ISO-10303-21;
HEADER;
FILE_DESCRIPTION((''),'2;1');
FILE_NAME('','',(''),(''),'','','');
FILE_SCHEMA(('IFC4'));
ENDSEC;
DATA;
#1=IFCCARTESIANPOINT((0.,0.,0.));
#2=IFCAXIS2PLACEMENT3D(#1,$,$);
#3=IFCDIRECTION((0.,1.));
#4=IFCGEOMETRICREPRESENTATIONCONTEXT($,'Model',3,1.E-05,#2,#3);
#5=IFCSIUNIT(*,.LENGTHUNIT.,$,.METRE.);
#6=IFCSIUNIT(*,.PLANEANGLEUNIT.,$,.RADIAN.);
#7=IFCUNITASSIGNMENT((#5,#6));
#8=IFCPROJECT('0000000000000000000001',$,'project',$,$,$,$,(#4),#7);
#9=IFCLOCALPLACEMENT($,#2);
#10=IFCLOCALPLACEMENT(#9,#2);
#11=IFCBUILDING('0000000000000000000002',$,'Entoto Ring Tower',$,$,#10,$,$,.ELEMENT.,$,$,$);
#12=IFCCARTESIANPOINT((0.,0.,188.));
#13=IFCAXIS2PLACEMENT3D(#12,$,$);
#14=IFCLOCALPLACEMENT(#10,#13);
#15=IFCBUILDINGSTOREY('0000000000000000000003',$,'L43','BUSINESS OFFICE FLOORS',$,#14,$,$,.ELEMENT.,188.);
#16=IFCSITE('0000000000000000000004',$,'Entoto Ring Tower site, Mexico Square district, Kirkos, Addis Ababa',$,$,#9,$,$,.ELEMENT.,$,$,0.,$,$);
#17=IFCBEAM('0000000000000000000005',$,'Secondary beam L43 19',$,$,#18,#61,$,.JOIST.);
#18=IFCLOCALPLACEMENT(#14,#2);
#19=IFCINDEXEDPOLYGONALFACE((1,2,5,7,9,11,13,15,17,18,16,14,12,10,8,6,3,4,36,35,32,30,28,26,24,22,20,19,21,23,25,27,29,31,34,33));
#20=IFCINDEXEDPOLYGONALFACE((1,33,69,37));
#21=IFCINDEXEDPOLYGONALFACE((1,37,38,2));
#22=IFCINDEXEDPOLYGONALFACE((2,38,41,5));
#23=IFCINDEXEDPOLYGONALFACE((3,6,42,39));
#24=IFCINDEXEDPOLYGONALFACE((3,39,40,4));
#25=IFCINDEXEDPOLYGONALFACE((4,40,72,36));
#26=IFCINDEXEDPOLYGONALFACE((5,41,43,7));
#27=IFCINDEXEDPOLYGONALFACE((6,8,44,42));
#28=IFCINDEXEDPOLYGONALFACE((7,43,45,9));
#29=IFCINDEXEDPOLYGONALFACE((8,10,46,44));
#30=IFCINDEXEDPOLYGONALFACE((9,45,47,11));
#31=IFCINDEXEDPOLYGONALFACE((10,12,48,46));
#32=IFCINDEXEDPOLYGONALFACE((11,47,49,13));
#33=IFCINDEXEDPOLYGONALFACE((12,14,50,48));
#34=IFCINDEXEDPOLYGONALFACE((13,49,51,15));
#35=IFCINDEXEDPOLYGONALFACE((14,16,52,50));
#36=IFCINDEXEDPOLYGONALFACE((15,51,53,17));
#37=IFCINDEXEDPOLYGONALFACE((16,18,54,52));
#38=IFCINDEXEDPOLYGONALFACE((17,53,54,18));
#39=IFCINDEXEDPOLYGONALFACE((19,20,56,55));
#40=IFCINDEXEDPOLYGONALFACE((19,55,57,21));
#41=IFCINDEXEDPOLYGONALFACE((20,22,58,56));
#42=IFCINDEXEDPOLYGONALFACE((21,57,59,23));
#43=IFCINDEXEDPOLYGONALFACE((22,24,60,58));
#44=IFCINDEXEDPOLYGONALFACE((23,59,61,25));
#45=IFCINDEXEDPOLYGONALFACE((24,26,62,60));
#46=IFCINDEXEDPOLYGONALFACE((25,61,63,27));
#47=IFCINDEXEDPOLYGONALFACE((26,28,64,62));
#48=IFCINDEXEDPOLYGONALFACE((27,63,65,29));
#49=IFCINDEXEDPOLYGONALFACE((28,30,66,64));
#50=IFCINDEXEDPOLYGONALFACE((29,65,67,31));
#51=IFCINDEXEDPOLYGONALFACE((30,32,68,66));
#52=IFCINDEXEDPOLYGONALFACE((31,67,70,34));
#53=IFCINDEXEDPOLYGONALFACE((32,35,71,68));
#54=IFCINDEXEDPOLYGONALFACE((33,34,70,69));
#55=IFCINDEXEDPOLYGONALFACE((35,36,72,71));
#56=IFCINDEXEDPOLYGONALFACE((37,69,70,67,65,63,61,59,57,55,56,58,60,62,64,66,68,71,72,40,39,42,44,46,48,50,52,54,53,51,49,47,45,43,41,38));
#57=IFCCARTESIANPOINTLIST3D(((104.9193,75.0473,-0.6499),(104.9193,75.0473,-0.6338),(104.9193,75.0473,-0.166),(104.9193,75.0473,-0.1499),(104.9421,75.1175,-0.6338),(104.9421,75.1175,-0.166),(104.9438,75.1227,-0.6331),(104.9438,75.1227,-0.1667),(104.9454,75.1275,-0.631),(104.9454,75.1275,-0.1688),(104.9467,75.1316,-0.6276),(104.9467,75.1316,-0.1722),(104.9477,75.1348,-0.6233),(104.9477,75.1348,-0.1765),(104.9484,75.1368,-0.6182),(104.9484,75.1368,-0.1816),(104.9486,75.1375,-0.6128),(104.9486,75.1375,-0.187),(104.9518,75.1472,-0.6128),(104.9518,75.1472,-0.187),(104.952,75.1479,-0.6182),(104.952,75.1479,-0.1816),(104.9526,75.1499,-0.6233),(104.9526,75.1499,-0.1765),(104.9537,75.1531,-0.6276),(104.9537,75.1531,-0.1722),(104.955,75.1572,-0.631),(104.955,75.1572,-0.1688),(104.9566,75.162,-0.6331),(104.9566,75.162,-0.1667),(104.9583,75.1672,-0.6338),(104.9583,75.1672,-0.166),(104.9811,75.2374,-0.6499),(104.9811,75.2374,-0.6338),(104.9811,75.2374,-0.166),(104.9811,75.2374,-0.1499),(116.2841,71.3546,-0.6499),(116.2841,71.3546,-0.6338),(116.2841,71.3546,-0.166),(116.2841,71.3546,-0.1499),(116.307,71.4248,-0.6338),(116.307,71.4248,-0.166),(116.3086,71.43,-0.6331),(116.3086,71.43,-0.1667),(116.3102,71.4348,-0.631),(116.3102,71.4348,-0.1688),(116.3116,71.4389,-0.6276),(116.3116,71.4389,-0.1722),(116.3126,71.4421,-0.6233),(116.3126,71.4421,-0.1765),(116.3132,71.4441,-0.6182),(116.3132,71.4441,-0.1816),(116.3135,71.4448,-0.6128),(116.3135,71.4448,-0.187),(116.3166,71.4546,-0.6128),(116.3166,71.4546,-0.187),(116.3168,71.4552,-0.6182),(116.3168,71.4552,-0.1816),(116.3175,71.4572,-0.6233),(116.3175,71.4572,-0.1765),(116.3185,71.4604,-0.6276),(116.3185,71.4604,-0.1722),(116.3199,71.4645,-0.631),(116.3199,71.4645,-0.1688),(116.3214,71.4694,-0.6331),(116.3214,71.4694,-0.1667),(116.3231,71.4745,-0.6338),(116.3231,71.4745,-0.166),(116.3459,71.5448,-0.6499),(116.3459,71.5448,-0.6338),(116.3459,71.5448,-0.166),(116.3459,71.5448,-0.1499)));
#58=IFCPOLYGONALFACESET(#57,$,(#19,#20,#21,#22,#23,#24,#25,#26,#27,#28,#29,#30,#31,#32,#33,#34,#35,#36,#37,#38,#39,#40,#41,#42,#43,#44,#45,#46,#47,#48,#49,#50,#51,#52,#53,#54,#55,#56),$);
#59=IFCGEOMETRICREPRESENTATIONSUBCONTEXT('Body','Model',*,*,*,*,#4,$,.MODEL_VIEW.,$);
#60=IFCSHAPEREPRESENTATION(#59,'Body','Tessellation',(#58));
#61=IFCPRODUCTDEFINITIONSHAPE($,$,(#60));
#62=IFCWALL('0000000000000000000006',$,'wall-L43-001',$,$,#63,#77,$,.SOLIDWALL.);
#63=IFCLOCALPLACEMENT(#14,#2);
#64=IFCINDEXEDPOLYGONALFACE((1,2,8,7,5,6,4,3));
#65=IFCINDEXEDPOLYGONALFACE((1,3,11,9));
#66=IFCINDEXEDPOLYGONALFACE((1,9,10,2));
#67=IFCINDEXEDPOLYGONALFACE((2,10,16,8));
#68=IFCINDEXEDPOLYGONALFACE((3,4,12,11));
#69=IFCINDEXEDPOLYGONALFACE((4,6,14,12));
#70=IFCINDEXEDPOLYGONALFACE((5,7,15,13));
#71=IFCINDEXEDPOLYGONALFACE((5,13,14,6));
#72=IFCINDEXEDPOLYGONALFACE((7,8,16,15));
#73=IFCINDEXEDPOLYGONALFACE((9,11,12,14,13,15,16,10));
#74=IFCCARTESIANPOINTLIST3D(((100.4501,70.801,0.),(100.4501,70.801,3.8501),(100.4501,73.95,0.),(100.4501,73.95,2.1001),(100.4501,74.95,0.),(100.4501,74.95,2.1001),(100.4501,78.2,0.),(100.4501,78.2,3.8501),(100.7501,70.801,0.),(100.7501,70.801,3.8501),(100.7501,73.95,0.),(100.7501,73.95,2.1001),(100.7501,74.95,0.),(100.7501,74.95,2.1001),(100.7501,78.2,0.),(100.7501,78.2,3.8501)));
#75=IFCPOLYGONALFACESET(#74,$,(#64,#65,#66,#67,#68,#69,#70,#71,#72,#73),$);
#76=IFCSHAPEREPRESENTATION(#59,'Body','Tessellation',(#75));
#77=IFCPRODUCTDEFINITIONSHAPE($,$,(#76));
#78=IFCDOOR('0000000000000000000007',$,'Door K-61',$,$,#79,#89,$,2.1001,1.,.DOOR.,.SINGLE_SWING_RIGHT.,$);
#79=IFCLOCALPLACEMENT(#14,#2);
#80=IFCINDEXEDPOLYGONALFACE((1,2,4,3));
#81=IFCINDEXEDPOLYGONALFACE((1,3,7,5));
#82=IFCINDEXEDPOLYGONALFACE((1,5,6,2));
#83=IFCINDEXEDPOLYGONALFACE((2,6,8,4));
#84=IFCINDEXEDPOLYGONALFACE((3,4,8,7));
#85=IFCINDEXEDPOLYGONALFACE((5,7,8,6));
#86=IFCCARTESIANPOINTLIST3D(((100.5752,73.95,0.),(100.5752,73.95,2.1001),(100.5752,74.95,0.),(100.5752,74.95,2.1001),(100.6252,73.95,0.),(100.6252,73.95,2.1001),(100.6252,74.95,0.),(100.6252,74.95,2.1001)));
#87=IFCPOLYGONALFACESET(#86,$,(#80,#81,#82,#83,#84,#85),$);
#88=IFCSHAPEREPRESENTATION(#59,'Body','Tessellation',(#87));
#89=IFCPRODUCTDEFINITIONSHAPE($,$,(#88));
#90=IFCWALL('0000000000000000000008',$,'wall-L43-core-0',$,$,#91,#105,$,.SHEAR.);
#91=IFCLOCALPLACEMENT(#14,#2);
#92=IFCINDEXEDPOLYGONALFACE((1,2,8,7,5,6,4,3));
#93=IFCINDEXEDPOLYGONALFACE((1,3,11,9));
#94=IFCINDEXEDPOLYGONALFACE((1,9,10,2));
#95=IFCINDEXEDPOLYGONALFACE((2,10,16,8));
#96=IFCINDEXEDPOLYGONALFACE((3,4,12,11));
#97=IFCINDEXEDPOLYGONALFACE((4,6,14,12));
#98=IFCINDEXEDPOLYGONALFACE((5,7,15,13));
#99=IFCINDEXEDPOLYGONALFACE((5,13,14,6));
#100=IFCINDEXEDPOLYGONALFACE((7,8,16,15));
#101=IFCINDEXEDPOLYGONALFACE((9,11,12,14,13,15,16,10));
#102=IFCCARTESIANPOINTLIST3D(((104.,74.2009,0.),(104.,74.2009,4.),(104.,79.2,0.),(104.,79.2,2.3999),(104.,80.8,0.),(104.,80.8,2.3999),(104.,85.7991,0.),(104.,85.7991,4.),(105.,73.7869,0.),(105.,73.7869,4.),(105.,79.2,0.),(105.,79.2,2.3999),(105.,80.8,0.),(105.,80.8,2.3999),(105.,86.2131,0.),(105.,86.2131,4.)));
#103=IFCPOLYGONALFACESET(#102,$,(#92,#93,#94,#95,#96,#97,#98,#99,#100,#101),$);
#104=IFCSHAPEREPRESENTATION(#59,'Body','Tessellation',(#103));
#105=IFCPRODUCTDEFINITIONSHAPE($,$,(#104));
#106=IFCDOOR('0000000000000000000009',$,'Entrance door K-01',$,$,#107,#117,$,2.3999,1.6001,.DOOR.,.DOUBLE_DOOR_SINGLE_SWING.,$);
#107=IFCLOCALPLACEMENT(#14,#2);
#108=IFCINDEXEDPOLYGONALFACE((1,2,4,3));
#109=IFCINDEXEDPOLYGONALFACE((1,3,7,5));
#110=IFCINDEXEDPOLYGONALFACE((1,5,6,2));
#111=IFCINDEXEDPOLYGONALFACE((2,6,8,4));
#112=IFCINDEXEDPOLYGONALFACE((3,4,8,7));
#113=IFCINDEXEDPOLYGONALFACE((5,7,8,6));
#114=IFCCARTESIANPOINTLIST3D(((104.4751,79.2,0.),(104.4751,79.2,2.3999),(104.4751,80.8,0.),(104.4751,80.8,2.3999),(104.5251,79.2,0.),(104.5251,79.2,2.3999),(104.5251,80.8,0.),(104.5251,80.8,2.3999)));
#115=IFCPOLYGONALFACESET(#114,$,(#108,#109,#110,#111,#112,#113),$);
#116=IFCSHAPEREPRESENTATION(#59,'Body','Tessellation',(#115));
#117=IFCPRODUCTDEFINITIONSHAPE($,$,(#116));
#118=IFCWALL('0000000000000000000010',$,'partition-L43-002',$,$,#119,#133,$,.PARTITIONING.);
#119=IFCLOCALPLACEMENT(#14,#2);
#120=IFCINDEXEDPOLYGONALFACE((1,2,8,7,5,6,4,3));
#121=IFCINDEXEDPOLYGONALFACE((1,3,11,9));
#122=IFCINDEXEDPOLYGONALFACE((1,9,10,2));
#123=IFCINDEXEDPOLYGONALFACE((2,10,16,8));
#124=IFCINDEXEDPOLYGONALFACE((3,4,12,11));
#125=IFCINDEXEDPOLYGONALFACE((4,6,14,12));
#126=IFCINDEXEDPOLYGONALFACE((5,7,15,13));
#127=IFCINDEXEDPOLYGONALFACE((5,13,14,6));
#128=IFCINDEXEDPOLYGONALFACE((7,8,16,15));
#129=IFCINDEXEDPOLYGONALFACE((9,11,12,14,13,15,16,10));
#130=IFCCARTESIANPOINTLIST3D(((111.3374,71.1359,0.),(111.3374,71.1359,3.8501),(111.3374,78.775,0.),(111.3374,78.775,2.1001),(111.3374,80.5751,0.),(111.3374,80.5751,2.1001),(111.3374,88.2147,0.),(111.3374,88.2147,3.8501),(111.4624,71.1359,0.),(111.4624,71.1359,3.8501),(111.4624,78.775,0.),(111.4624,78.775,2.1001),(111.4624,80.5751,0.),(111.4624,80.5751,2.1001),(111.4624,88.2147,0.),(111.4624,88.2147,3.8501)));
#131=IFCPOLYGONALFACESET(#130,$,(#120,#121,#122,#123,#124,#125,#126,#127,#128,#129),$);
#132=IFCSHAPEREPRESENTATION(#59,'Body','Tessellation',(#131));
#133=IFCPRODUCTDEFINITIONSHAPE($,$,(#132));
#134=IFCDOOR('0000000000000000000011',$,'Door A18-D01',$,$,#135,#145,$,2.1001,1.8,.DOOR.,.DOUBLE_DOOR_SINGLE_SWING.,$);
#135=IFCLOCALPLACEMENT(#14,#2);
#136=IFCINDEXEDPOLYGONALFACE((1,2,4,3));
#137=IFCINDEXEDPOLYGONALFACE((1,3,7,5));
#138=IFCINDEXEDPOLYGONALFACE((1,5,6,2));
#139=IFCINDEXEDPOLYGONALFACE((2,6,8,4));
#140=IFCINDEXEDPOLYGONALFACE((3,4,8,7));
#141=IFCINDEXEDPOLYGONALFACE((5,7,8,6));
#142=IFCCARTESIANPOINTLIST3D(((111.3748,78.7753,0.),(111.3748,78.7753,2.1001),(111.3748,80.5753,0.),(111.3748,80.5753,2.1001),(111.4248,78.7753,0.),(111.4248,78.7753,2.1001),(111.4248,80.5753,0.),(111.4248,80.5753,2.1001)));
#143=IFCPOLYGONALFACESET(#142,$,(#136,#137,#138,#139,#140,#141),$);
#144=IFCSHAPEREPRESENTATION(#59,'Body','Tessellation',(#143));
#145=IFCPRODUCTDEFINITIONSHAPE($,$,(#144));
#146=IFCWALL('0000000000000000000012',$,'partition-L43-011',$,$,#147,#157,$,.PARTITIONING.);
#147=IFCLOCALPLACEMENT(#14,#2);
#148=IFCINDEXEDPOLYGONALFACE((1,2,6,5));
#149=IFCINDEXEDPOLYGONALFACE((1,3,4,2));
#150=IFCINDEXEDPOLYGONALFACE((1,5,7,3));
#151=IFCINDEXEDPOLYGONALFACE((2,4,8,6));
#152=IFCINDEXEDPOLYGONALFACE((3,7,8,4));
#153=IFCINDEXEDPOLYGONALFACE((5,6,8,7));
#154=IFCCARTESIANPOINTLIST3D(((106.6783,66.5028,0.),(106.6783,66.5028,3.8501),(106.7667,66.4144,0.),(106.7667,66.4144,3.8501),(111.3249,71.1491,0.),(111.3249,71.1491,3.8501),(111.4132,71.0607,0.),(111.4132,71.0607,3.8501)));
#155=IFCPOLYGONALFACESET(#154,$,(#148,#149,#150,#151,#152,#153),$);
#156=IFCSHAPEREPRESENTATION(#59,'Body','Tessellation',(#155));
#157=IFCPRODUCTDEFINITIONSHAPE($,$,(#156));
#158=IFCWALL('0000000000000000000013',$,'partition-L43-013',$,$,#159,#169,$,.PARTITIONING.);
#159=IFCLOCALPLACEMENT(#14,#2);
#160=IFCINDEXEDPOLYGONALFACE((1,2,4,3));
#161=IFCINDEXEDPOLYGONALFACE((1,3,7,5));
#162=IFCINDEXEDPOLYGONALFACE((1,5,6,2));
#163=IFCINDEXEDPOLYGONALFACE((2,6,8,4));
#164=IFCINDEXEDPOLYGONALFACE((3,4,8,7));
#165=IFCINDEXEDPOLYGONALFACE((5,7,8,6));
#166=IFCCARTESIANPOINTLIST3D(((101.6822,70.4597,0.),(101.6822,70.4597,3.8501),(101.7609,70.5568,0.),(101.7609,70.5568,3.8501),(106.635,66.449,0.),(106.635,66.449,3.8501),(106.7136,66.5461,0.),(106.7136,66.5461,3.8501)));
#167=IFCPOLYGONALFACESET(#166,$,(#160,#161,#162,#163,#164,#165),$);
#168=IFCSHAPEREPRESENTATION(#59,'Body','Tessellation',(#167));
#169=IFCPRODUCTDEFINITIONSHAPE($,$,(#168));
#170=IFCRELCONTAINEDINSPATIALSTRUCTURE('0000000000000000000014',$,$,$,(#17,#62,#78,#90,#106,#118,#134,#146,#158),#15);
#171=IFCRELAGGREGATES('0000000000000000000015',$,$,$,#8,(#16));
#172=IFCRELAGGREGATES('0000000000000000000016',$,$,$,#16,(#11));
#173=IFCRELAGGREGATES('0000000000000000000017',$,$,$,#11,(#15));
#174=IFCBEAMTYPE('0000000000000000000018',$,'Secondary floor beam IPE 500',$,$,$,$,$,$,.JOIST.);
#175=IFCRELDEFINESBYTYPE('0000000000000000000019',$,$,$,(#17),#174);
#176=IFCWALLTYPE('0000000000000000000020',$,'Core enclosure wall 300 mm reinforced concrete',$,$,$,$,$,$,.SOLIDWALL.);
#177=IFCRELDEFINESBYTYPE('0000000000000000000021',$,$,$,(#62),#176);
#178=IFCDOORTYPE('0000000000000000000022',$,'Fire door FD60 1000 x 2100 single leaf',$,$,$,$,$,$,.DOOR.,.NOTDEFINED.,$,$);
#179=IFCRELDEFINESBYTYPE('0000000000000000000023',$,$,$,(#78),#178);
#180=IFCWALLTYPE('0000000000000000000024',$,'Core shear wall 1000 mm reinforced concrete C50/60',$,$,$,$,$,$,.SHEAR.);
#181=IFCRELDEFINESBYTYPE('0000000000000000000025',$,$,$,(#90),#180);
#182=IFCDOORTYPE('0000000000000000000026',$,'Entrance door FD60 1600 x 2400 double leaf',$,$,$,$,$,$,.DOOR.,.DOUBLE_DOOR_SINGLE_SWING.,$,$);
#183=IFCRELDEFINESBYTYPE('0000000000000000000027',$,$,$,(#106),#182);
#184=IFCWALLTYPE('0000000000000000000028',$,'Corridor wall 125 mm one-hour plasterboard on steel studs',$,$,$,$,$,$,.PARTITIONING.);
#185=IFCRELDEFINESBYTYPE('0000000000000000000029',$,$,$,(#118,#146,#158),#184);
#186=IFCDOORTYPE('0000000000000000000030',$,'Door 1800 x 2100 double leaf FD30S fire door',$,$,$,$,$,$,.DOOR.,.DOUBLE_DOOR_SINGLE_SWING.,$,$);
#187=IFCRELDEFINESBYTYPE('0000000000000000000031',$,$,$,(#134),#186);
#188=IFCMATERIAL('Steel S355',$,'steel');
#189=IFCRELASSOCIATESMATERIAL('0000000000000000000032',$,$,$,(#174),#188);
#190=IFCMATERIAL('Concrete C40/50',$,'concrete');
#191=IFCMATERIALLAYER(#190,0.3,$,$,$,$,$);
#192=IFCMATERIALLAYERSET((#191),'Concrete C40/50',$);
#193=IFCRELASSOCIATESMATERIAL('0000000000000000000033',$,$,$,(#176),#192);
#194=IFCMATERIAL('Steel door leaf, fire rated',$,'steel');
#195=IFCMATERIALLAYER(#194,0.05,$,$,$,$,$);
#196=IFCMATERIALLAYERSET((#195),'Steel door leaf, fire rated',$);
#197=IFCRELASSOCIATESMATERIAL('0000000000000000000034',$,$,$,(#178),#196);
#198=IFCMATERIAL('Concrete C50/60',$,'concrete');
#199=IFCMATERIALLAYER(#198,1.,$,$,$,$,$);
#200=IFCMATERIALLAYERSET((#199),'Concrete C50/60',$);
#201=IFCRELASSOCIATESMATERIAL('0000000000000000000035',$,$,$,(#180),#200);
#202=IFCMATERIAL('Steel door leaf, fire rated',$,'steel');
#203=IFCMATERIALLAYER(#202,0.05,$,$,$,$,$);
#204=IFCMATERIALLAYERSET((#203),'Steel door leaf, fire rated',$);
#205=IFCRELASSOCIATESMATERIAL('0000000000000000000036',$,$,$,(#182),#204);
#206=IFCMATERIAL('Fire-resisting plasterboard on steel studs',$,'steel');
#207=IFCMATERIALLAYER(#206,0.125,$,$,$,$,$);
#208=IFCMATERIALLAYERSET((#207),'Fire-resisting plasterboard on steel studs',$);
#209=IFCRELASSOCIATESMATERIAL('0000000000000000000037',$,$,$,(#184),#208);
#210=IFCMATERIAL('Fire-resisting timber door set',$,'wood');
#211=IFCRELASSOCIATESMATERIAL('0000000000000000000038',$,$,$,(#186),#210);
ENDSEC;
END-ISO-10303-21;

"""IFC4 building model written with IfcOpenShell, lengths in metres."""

from ifc_helpers import new_model, si_unit, direction, frame, frame_2d, origin, origin_2d, place, context, subcontext, project, spatial, polyline, rectangle, i_section, outline, extrude, material, layer, layer_set, material_profile, profile_set, type_object, element, fill, save


model = new_model("IFC4")

# Units and contexts
model_context = context("Model", 3, precision=1e-05, world=origin(), true_north=direction((0.0, 1.0)))
body_context = subcontext(model_context, "Body", "Model", "MODEL_VIEW")
ifc_project = project(units=[si_unit("LENGTHUNIT", "METRE"), si_unit("PLANEANGLEUNIT", "RADIAN")], contexts=[model_context])

# Site, building, storey
site_placement = place(None, origin())
site = spatial("IfcSite", under=ifc_project, at=site_placement, Name="Entoto Ring Tower site, Mexico Square district, Kirkos, Addis Ababa", CompositionType="ELEMENT", RefElevation=0.0)
building_placement = place(site_placement, origin())
building = spatial("IfcBuilding", under=site, at=building_placement, Name="Entoto Ring Tower", CompositionType="ELEMENT")
storey_placement = place(building_placement, frame((0.0, 0.0, 188.0)))
storey = spatial("IfcBuildingStorey", under=building, at=storey_placement, Name="L43", Description="BUSINESS OFFICE FLOORS", CompositionType="ELEMENT", Elevation=188.0)

# Beam
ifc_material_1 = material(Name="Steel S355", Category="steel")
ifc_material_profile_1 = material_profile(ifc_material_1, i_section(OverallWidth=0.2, OverallDepth=0.5, WebThickness=0.0103, FlangeThickness=0.0161, FilletRadius=0.021, at=origin_2d()), Name="IPE 500")
ifc_profile_set_1 = profile_set([ifc_material_profile_1], Name="Steel S355")
beam_type_1 = type_object("IfcBeamType", Name="Secondary floor beam IPE 500", PredefinedType="JOIST", material=ifc_profile_set_1)
beam_1_placement = place(storey_placement, frame((104.9502, 75.1423, -0.3999), z_axis=(0.951057, -0.309017, 0.0), x_axis=(0.309017, 0.951057, 0.0)))
element("IfcBeam", 1, at=beam_1_placement, inside=storey, type_object=beam_type_1, Name="Secondary beam L43 19", PredefinedType="JOIST", context=body_context, shape_type="SweptSolid", body=[
    extrude(i_section(OverallWidth=0.2, OverallDepth=0.5, WebThickness=0.0103, FlangeThickness=0.0161, FilletRadius=0.021, at=origin_2d()), origin(), (0.0, 0.0, 1.0), 11.9497),
])

# Walls, openings, doors
ifc_material_2 = material(Name="Concrete C40/50", Category="concrete")
ifc_layer_1 = layer(ifc_material_2, 0.3)
ifc_layer_set_1 = layer_set([ifc_layer_1], Name="Concrete C40/50")
wall_type_1 = type_object("IfcWallType", Name="Core enclosure wall 300 mm reinforced concrete", PredefinedType="SOLIDWALL", material=ifc_layer_set_1)
wall_1_placement = place(storey_placement, frame((100.6001, 70.801, 0.0), z_axis=(0.0, 0.0, 1.0), x_axis=(0.0, 1.0, 0.0)))
wall_1 = element("IfcWall", 2, at=wall_1_placement, inside=storey, type_object=wall_type_1, Name="wall-L43-001", PredefinedType="SOLIDWALL", context=body_context, shape_type="SweptSolid", body=[
    extrude(rectangle(XDim=7.3989, YDim=0.3, at=frame_2d((3.6995, 0.0))), origin(), (0.0, 0.0, 1.0), 3.8501),
])
opening_1_placement = place(wall_1_placement, frame((3.1489, 0.0, 0.0)))
opening_1 = element("IfcOpeningElement", 3, at=opening_1_placement, cuts=wall_1, PredefinedType="OPENING", context=body_context, shape_type="SweptSolid", body=[
    extrude(rectangle(XDim=1.0, YDim=2.1001, at=frame_2d((0.5, 1.05))), frame((0.0, 0.1602, 0.0), z_axis=(0.0, -1.0, 0.0), x_axis=(1.0, 0.0, 0.0)), (0.0, 0.0, 1.0), 0.3201),
])
ifc_material_3 = material(Name="Steel door leaf, fire rated", Category="steel")
ifc_layer_2 = layer(ifc_material_3, 0.05)
ifc_layer_set_2 = layer_set([ifc_layer_2], Name="Steel door leaf, fire rated")
door_type_1 = type_object("IfcDoorType", Name="Fire door FD60 1000 x 2100 single leaf", OperationType="NOTDEFINED", PredefinedType="DOOR", material=ifc_layer_set_2)
door_1_placement = place(opening_1_placement, origin())
door_1 = element("IfcDoor", 4, at=door_1_placement, inside=storey, type_object=door_type_1, Name="Door K-61", OperationType="SINGLE_SWING_RIGHT", OverallHeight=2.1001, OverallWidth=1.0, PredefinedType="DOOR", context=body_context, shape_type="SweptSolid", body=[
    extrude(rectangle(XDim=1.0, YDim=2.1001, at=frame_2d((0.5, 1.05))), frame((0.0, 0.0249, 0.0), z_axis=(0.0, -1.0, 0.0), x_axis=(1.0, 0.0, 0.0)), (0.0, 0.0, 1.0), 0.05),
])
fill(opening_1, door_1)
ifc_material_4 = material(Name="Concrete C50/60", Category="concrete")
ifc_layer_3 = layer(ifc_material_4, 1.0)
ifc_layer_set_3 = layer_set([ifc_layer_3], Name="Concrete C50/60")
wall_type_2 = type_object("IfcWallType", Name="Core shear wall 1000 mm reinforced concrete C50/60", PredefinedType="SHEAR", material=ifc_layer_set_3)
wall_2_placement = place(storey_placement, frame((104.5, 73.9939, 0.0), z_axis=(0.0, 0.0, 1.0), x_axis=(0.0, 1.0, 0.0)))
wall_2 = element("IfcWall", 5, at=wall_2_placement, inside=storey, type_object=wall_type_2, Name="wall-L43-core-0", PredefinedType="SHEAR", context=body_context, shape_type="SweptSolid", body=[
    extrude(outline(polyline([(-0.207, -0.5), (12.2192, -0.5), (11.8052, 0.5), (0.207, 0.5), (-0.207, -0.5)])), origin(), (0.0, 0.0, 1.0), 4.0),
])
opening_2_placement = place(wall_2_placement, frame((5.2061, 0.0, 0.0)))
opening_2 = element("IfcOpeningElement", 6, at=opening_2_placement, cuts=wall_2, PredefinedType="OPENING", context=body_context, shape_type="SweptSolid", body=[
    extrude(rectangle(XDim=1.6001, YDim=2.3999, at=frame_2d((0.8, 1.2))), frame((0.0, 0.51, 0.0), z_axis=(0.0, -1.0, 0.0), x_axis=(1.0, 0.0, 0.0)), (0.0, 0.0, 1.0), 1.02),
])
ifc_material_5 = material(Name="Steel door leaf, fire rated", Category="steel")
ifc_layer_4 = layer(ifc_material_5, 0.05)
ifc_layer_set_4 = layer_set([ifc_layer_4], Name="Steel door leaf, fire rated")
door_type_2 = type_object("IfcDoorType", Name="Entrance door FD60 1600 x 2400 double leaf", OperationType="DOUBLE_DOOR_SINGLE_SWING", PredefinedType="DOOR", material=ifc_layer_set_4)
door_2_placement = place(opening_2_placement, origin())
door_2 = element("IfcDoor", 7, at=door_2_placement, inside=storey, type_object=door_type_2, Name="Entrance door K-01", OperationType="DOUBLE_DOOR_SINGLE_SWING", OverallHeight=2.3999, OverallWidth=1.6001, PredefinedType="DOOR", context=body_context, shape_type="SweptSolid", body=[
    extrude(rectangle(XDim=1.6001, YDim=2.3999, at=frame_2d((0.8, 1.2))), frame((0.0, 0.0249, 0.0), z_axis=(0.0, -1.0, 0.0), x_axis=(1.0, 0.0, 0.0)), (0.0, 0.0, 1.0), 0.05),
])
fill(opening_2, door_2)
ifc_material_6 = material(Name="Fire-resisting plasterboard on steel studs", Category="steel")
ifc_layer_5 = layer(ifc_material_6, 0.125)
ifc_layer_set_5 = layer_set([ifc_layer_5], Name="Fire-resisting plasterboard on steel studs")
wall_type_3 = type_object("IfcWallType", Name="Corridor wall 125 mm one-hour plasterboard on steel studs", PredefinedType="PARTITIONING", material=ifc_layer_set_5)
wall_3_placement = place(storey_placement, frame((111.3999, 71.1357, 0.0), z_axis=(0.0, 0.0, 1.0), x_axis=(0.0, 1.0, 0.0)))
wall_3 = element("IfcWall", 8, at=wall_3_placement, inside=storey, type_object=wall_type_3, Name="partition-L43-002", PredefinedType="PARTITIONING", context=body_context, shape_type="SweptSolid", body=[
    extrude(rectangle(XDim=17.0789, YDim=0.125, at=frame_2d((8.5396, 0.0))), origin(), (0.0, 0.0, 1.0), 3.8501),
])
opening_3_placement = place(wall_3_placement, frame((7.6394, 0.0, 0.0)))
opening_3 = element("IfcOpeningElement", 9, at=opening_3_placement, cuts=wall_3, PredefinedType="OPENING", context=body_context, shape_type="SweptSolid", body=[
    extrude(rectangle(XDim=1.8, YDim=2.1001, at=frame_2d((0.8999, 1.05))), frame((0.0, 0.0725, 0.0), z_axis=(0.0, -1.0, 0.0), x_axis=(1.0, 0.0, 0.0)), (0.0, 0.0, 1.0), 0.145),
])
ifc_material_7 = material(Name="Fire-resisting timber door set", Category="wood")
door_type_3 = type_object("IfcDoorType", Name="Door 1800 x 2100 double leaf FD30S fire door", OperationType="DOUBLE_DOOR_SINGLE_SWING", PredefinedType="DOOR", material=ifc_material_7)
door_3_placement = place(opening_3_placement, frame((1.8, 0.0, 0.0), z_axis=(0.0, 0.0, 1.0), x_axis=(-1.0, 0.0, 0.0)))
door_3 = element("IfcDoor", 10, at=door_3_placement, inside=storey, type_object=door_type_3, Name="Door A18-D01", OperationType="DOUBLE_DOOR_SINGLE_SWING", OverallHeight=2.1001, OverallWidth=1.8, PredefinedType="DOOR", context=body_context, shape_type="SweptSolid", body=[
    extrude(rectangle(XDim=1.8, YDim=2.1001, at=frame_2d((0.8999, 1.05))), frame((0.0, 0.0249, 0.0), z_axis=(0.0, -1.0, 0.0), x_axis=(1.0, 0.0, 0.0)), (0.0, 0.0, 1.0), 0.05),
])
fill(opening_3, door_3)

# Walls
wall_4_placement = place(storey_placement, frame((106.7224, 66.4585, 0.0), z_axis=(0.0, 0.0, 1.0), x_axis=(0.707125, 0.707088, 0.0)))
element("IfcWall", 11, at=wall_4_placement, inside=storey, type_object=wall_type_3, Name="partition-L43-011", PredefinedType="PARTITIONING", context=body_context, shape_type="SweptSolid", body=[
    extrude(rectangle(XDim=6.571, YDim=0.125, at=frame_2d((3.2856, 0.0))), origin(), (0.0, 0.0, 1.0), 3.8501),
])
wall_5_placement = place(storey_placement, frame((106.6743, 66.4976, 0.0), z_axis=(0.0, 0.0, 1.0), x_axis=(-0.777148, 0.629318, 0.0)))
element("IfcWall", 12, at=wall_5_placement, inside=storey, type_object=wall_type_3, Name="partition-L43-013", PredefinedType="PARTITIONING", context=body_context, shape_type="SweptSolid", body=[
    extrude(rectangle(XDim=6.373, YDim=0.125, at=frame_2d((3.1865, 0.0))), origin(), (0.0, 0.0, 1.0), 3.8501),
])

save(model, "model.ifc")
